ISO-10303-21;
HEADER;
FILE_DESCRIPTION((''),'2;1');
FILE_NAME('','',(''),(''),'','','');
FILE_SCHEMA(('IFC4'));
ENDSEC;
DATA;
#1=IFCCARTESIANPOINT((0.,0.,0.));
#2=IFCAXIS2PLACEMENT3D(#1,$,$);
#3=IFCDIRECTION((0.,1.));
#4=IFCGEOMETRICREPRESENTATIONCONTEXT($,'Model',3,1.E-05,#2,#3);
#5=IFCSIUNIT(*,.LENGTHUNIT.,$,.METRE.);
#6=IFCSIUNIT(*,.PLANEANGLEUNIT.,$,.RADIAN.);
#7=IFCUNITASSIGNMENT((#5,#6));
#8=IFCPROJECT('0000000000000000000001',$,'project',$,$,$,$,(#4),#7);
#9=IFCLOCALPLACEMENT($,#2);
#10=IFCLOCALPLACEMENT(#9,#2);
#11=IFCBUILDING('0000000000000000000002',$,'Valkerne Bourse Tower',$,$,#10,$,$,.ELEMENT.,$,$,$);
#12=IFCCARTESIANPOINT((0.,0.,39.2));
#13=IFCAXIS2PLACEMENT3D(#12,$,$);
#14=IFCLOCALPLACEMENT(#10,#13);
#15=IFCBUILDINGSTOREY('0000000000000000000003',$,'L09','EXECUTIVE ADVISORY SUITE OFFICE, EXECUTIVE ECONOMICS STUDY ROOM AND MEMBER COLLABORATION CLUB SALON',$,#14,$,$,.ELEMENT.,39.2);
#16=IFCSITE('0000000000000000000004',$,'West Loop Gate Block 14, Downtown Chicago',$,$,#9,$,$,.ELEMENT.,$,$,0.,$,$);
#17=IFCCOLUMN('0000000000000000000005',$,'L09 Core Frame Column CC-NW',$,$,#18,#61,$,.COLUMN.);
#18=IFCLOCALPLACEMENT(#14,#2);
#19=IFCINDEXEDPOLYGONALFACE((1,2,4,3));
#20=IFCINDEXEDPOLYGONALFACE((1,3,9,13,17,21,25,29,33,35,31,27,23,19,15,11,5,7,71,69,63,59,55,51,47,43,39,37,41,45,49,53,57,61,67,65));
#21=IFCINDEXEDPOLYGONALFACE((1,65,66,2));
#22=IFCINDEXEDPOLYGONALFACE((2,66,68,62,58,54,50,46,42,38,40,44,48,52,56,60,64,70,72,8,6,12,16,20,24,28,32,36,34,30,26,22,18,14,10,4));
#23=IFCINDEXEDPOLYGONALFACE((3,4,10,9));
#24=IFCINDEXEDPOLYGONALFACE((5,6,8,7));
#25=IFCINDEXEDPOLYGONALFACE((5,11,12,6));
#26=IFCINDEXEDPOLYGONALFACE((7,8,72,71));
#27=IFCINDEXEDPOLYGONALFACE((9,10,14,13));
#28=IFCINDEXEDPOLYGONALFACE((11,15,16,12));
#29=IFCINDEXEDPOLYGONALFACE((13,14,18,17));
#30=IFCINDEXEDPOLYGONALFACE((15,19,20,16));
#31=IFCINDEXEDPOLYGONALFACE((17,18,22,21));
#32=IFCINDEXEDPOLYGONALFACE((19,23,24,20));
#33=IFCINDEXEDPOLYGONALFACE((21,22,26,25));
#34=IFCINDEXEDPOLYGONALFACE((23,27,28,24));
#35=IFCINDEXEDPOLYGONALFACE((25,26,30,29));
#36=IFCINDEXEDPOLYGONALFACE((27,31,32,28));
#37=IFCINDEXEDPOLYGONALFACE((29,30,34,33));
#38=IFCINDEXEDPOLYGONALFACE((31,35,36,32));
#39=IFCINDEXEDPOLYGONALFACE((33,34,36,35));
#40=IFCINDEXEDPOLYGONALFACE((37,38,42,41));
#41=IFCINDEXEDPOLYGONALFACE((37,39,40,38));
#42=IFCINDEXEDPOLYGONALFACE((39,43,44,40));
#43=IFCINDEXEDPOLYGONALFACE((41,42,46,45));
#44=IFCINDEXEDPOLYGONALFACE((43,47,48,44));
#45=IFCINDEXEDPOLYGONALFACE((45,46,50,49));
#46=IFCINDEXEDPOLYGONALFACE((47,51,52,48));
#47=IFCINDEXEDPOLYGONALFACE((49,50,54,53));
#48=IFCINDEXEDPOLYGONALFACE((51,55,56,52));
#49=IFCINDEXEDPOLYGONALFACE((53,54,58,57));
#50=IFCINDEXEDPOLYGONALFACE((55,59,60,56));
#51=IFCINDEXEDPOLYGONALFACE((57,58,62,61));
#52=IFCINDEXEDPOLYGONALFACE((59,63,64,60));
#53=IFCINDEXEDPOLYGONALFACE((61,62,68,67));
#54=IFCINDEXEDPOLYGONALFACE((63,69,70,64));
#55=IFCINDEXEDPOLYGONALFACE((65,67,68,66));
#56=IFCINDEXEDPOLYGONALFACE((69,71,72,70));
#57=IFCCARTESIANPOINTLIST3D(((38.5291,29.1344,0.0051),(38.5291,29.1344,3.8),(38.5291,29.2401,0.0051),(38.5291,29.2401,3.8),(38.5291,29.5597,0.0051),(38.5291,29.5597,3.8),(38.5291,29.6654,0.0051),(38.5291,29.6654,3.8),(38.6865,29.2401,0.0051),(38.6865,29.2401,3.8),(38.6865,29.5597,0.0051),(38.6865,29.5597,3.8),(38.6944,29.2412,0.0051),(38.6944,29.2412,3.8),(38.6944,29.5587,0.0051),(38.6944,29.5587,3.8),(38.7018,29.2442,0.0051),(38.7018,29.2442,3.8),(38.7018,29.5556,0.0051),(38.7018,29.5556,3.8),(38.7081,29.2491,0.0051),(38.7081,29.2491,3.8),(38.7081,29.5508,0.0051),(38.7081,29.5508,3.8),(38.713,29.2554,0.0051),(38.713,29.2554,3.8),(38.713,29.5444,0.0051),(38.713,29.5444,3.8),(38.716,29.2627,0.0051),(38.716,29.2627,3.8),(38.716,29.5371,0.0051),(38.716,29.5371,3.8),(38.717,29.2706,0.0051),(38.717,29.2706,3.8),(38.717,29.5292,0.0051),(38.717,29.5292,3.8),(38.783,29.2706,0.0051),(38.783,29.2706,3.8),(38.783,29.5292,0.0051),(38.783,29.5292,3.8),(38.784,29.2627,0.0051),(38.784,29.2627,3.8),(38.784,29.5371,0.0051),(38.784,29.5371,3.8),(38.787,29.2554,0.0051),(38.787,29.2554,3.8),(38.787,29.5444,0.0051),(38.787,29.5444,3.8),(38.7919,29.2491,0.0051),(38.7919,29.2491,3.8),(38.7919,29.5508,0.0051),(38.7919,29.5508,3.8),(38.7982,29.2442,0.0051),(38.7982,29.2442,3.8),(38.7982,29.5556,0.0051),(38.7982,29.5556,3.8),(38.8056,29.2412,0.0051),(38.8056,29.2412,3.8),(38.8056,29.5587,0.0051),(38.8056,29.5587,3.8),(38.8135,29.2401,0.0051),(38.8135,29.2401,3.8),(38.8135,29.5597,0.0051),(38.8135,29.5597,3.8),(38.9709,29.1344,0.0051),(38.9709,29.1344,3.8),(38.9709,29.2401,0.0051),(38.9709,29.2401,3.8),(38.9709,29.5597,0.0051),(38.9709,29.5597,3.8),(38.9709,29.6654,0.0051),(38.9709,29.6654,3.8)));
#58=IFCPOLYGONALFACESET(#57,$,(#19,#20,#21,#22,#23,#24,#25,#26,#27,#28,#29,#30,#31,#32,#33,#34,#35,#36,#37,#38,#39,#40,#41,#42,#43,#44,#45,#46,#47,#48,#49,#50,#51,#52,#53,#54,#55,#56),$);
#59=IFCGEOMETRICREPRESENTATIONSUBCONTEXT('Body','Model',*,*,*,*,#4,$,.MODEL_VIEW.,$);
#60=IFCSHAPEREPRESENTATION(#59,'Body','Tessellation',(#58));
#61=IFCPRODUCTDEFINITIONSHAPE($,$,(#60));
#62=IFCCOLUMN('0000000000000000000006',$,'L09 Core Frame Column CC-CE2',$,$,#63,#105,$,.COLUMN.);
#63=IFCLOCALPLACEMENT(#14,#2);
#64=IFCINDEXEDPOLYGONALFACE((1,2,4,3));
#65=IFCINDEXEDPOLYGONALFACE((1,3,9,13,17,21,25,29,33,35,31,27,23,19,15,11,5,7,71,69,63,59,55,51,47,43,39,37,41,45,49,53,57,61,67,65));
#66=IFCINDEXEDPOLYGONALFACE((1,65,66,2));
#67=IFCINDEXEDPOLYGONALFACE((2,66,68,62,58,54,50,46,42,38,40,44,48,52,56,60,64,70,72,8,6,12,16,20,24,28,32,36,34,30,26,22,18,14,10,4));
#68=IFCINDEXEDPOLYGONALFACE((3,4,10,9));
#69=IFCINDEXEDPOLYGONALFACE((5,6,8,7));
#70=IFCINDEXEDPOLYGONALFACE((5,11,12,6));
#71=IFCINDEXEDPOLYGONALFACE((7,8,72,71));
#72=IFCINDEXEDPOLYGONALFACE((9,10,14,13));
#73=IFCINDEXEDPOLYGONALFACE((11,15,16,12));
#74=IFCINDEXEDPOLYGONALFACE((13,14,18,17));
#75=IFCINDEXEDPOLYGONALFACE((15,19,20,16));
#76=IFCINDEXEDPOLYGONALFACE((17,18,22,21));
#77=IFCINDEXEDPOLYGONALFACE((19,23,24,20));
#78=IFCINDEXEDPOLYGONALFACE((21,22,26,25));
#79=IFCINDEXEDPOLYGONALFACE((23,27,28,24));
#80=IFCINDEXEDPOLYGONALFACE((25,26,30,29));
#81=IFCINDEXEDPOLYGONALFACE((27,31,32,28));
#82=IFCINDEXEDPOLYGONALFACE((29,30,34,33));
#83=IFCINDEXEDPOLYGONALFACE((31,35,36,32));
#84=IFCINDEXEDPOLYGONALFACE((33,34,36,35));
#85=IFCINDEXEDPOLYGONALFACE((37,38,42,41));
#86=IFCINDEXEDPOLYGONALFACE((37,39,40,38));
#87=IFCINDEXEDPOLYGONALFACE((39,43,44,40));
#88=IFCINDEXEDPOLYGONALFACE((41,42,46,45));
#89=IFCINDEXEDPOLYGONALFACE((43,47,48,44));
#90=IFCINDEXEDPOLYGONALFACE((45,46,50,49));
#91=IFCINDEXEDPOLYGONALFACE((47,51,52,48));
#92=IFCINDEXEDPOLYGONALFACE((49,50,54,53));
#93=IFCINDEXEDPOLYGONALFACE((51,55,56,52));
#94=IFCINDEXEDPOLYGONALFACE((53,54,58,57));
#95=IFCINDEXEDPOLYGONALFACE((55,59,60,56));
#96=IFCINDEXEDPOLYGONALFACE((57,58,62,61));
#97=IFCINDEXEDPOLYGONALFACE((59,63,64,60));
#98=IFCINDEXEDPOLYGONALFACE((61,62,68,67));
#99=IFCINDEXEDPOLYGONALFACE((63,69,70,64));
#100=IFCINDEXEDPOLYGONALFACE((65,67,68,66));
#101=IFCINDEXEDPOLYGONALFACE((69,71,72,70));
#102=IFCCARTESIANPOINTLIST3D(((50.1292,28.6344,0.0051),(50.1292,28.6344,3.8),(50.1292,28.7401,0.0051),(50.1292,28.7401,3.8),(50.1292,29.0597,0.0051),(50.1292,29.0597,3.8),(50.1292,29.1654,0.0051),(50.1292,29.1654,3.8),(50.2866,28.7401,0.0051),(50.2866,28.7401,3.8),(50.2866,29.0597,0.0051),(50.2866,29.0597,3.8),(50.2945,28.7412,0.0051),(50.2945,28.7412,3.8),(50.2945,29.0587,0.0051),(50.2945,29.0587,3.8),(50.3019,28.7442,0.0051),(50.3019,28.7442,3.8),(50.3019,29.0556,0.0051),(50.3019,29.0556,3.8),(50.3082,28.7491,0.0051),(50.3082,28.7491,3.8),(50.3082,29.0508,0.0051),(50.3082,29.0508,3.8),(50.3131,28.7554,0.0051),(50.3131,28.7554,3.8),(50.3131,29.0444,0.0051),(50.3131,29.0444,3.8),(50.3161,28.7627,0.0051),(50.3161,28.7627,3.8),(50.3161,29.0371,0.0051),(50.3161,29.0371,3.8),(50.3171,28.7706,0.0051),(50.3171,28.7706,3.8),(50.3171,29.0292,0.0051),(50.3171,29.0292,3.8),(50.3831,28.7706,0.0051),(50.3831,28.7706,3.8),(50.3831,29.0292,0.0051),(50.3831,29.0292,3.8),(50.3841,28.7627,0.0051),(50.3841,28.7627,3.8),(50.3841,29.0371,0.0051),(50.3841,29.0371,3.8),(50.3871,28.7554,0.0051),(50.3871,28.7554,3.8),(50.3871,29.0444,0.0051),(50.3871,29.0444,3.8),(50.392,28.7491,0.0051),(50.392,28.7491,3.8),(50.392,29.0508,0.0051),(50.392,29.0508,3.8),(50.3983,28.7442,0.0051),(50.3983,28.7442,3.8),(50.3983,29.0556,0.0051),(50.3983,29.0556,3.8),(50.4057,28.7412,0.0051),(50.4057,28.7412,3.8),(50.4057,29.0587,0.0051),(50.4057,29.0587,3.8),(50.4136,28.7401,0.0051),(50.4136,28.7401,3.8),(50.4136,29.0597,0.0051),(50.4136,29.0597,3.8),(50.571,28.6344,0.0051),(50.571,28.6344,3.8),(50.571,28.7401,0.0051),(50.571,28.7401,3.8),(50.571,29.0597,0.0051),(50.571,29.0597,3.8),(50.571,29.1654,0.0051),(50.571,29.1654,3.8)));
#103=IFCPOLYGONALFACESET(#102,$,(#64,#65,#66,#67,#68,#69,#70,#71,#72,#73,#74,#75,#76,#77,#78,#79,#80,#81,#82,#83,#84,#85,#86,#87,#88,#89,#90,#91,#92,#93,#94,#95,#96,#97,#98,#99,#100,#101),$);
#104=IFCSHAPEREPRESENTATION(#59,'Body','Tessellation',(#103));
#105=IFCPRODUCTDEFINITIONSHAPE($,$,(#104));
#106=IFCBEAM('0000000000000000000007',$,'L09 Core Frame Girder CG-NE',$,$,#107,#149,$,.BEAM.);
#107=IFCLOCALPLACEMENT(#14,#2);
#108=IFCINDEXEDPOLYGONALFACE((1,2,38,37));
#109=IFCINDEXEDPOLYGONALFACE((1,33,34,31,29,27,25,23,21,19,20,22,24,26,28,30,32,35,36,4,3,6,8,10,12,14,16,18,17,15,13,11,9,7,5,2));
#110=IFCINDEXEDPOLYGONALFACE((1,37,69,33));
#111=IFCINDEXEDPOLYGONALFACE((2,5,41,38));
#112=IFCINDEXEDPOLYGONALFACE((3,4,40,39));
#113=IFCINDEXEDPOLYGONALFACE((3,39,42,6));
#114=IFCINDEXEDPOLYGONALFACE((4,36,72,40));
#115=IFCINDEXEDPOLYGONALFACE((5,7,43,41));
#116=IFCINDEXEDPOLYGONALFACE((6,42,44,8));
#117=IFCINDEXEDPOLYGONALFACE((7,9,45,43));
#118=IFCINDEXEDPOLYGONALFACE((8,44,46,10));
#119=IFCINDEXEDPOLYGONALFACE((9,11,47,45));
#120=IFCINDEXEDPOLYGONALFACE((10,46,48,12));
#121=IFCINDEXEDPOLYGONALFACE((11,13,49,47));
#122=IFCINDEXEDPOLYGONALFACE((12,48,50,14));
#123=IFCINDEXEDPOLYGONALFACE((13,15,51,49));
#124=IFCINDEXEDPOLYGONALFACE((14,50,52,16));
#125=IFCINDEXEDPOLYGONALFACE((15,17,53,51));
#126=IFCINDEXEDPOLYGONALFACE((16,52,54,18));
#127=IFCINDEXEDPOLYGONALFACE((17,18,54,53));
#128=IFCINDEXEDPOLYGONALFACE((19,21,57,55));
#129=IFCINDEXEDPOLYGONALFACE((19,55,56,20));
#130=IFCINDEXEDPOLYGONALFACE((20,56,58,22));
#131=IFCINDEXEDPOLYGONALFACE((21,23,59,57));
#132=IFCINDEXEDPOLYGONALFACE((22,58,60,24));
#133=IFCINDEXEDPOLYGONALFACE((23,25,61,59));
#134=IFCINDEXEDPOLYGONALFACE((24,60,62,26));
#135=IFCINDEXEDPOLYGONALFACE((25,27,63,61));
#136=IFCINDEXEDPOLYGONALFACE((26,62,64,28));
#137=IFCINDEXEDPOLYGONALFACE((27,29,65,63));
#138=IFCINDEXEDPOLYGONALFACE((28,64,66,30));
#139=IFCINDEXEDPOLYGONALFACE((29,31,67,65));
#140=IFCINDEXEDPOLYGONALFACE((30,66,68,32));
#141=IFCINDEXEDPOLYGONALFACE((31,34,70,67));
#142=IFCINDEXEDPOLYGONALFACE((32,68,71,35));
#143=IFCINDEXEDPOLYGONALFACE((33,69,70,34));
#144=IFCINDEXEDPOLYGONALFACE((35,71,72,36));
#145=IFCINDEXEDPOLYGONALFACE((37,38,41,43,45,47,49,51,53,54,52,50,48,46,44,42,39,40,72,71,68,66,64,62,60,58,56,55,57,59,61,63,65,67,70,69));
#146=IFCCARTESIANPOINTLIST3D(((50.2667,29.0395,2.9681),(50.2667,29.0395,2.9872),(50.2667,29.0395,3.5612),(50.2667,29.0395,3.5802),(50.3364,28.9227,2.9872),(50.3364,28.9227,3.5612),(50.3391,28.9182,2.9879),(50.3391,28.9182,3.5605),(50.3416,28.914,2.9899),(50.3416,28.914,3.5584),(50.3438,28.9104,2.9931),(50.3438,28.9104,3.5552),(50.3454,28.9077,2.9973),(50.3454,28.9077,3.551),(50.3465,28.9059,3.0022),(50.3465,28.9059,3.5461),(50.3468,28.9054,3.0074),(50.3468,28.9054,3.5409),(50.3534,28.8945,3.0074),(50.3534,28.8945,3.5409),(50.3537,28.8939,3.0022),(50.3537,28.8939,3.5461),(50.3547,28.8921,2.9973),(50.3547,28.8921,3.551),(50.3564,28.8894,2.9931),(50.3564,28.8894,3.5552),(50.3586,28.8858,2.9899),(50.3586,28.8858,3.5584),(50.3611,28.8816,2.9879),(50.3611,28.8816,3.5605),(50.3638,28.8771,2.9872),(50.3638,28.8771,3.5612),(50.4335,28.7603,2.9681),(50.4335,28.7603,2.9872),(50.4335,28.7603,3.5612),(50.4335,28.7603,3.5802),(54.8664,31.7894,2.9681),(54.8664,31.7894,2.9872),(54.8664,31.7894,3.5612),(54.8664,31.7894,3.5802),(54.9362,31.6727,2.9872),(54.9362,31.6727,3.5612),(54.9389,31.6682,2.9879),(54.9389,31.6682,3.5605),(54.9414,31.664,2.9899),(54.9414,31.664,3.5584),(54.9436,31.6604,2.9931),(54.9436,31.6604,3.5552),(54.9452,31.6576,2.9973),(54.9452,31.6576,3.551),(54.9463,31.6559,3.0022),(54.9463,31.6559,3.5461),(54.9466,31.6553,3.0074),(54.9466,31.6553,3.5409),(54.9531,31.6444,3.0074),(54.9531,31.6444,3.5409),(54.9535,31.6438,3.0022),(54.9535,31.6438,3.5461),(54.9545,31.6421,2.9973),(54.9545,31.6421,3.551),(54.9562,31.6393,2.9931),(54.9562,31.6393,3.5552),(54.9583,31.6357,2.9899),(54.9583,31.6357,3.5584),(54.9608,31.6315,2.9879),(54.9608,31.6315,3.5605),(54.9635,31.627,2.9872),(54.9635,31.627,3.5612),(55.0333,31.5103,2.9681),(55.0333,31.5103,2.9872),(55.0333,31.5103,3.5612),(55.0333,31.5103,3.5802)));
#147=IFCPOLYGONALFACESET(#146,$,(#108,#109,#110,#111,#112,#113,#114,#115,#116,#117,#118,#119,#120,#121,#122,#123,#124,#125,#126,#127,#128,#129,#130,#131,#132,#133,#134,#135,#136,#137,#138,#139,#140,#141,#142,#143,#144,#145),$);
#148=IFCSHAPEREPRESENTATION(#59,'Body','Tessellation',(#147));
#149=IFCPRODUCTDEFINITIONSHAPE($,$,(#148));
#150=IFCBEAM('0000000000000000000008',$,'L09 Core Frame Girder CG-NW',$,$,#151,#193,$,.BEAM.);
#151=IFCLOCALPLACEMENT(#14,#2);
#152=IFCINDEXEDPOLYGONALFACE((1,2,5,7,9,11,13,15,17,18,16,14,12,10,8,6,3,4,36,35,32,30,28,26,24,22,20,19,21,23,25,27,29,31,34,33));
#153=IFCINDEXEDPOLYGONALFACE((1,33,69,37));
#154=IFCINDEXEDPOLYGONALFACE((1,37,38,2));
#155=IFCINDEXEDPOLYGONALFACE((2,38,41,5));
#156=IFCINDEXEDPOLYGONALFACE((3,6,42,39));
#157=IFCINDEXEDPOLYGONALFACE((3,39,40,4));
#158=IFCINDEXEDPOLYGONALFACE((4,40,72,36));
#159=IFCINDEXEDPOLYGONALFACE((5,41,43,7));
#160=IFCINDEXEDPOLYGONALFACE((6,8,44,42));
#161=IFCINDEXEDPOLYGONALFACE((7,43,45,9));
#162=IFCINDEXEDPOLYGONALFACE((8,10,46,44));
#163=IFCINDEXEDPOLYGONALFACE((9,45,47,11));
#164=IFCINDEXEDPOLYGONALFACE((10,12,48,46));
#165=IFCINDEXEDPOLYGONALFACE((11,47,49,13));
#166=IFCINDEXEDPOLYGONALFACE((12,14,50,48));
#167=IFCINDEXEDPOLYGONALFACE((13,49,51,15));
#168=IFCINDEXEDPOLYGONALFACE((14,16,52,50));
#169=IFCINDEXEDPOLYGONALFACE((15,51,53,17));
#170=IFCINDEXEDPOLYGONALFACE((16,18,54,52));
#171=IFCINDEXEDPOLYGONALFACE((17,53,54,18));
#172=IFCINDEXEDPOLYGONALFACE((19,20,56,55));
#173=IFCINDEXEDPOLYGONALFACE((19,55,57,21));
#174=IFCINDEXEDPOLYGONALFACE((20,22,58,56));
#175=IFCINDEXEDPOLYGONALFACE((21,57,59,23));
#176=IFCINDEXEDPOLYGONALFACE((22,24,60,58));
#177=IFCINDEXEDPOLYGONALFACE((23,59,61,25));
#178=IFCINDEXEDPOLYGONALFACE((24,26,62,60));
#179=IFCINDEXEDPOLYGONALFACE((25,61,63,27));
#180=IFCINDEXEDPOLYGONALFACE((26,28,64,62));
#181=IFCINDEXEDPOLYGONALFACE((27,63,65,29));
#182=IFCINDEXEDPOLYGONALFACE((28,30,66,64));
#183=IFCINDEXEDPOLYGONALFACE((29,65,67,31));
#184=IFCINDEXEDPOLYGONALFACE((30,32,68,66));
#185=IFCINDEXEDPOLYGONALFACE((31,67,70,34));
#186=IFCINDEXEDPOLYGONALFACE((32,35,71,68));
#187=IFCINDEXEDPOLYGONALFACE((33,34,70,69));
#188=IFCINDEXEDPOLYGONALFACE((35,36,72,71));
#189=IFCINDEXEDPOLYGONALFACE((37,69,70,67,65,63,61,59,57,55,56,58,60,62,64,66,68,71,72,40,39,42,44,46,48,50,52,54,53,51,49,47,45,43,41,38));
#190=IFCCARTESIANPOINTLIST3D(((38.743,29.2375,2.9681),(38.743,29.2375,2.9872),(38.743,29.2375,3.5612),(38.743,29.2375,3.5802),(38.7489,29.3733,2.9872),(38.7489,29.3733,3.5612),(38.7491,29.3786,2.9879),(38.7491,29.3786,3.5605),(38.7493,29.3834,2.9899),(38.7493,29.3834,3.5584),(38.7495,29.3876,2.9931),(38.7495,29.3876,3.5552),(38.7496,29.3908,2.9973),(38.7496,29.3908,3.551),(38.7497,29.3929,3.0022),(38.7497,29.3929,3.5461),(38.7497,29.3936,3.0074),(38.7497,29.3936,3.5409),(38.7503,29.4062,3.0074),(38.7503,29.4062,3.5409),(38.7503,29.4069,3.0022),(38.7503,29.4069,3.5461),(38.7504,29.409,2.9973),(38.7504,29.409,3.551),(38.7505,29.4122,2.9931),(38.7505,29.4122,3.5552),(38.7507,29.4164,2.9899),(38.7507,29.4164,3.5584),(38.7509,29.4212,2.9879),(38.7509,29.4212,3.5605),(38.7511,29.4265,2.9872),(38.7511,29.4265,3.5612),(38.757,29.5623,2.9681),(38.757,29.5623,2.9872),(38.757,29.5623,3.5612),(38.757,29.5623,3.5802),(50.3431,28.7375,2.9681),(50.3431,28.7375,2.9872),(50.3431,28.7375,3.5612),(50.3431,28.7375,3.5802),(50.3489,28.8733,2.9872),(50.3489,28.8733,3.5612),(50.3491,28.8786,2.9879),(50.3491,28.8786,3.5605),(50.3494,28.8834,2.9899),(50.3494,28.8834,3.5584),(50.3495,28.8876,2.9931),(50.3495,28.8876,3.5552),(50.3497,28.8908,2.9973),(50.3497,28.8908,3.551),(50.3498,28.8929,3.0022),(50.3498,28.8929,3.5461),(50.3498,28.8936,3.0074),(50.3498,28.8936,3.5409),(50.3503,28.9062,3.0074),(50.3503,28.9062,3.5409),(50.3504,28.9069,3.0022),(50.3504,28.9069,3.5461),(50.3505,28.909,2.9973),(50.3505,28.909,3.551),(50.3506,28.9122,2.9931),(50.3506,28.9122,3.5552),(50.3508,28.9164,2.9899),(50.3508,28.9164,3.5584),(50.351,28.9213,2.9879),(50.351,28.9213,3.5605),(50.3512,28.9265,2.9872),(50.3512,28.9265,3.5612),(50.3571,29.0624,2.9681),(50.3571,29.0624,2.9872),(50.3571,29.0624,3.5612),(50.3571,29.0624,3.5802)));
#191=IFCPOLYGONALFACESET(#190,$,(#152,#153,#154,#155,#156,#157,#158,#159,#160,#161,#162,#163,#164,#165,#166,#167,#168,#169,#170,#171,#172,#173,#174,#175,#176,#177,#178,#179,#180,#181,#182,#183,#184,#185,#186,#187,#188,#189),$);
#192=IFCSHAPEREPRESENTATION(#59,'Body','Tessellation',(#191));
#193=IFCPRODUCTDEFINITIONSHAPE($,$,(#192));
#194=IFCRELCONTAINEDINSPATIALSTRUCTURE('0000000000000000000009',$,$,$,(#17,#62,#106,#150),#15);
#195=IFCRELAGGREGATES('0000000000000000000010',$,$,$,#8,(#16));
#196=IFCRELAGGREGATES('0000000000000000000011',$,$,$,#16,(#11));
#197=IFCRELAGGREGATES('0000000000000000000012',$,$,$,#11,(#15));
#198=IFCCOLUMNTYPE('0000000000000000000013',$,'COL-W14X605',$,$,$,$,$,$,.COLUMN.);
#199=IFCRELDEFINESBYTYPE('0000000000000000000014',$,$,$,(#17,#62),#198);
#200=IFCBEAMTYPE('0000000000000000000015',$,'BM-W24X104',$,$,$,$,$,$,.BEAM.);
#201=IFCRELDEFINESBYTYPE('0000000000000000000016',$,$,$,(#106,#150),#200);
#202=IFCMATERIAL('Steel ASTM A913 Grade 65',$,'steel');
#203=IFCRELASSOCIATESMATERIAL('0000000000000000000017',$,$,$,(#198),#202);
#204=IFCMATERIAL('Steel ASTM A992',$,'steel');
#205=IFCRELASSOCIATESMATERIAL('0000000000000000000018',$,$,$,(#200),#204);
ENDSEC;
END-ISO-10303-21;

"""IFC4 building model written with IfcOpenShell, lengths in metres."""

from ifc_helpers import new_model, si_unit, direction, frame, origin, origin_2d, place, context, subcontext, project, spatial, i_section, extrude, material, material_profile, profile_set, type_object, element, save


model = new_model("IFC4")

# Units and contexts
model_context = context("Model", 3, precision=1e-05, world=origin(), true_north=direction((0.0, 1.0)))
body_context = subcontext(model_context, "Body", "Model", "MODEL_VIEW")
ifc_project = project(units=[si_unit("LENGTHUNIT", "METRE"), si_unit("PLANEANGLEUNIT", "RADIAN")], contexts=[model_context])

# Site, building, storey
site_placement = place(None, origin())
site = spatial("IfcSite", under=ifc_project, at=site_placement, Name="West Loop Gate Block 14, Downtown Chicago", CompositionType="ELEMENT", RefElevation=0.0)
building_placement = place(site_placement, origin())
building = spatial("IfcBuilding", under=site, at=building_placement, Name="Valkerne Bourse Tower", CompositionType="ELEMENT")
storey_placement = place(building_placement, frame((0.0, 0.0, 39.2)))
storey = spatial("IfcBuildingStorey", under=building, at=storey_placement, Name="L09", Description="EXECUTIVE ADVISORY SUITE OFFICE, EXECUTIVE ECONOMICS STUDY ROOM AND MEMBER COLLABORATION CLUB SALON", CompositionType="ELEMENT", Elevation=39.2)

# Columns
ifc_material_1 = material(Name="Steel ASTM A913 Grade 65", Category="steel")
ifc_material_profile_1 = material_profile(ifc_material_1, i_section(OverallWidth=0.4419, OverallDepth=0.531, WebThickness=0.0659, FlangeThickness=0.1057, FilletRadius=0.0305, at=origin_2d()), Name="W14X605")
ifc_profile_set_1 = profile_set([ifc_material_profile_1], Name="Steel ASTM A913 Grade 65")
column_type = type_object("IfcColumnType", Name="COL-W14X605", PredefinedType="COLUMN", material=ifc_profile_set_1)
for number, where, z_axis, x_axis, name in (
    (1, (38.75, 29.3999, 0.0051), (0.0, 0.0, 1.0), (1.0, 0.0, 0.0), "L09 Core Frame Column CC-NW"),
    (2, (50.3501, 28.8999, 0.0051), (0.0, 0.0, 1.0), (1.0, 0.0, 0.0), "L09 Core Frame Column CC-CE2"),
):
    element("IfcColumn", number, at=place(storey_placement, frame(where, z_axis=z_axis, x_axis=x_axis)), inside=storey, type_object=column_type, Name=name, PredefinedType="COLUMN", context=body_context, shape_type="SweptSolid", body=[
        extrude(i_section(OverallWidth=0.4419, OverallDepth=0.531, WebThickness=0.0659, FlangeThickness=0.1057, FilletRadius=0.0305, at=origin_2d()), origin(), (0.0, 0.0, 1.0), 3.7949),
    ])

# Beams
ifc_material_2 = material(Name="Steel ASTM A992", Category="steel")
ifc_material_profile_2 = material_profile(ifc_material_2, i_section(OverallWidth=0.3252, OverallDepth=0.6121, WebThickness=0.0127, FlangeThickness=0.019, FilletRadius=0.0203, at=origin_2d()), Name="W24X104")
ifc_profile_set_2 = profile_set([ifc_material_profile_2], Name="Steel ASTM A992")
beam_type = type_object("IfcBeamType", Name="BM-W24X104", PredefinedType="BEAM", material=ifc_profile_set_2)
beam_1_placement = place(storey_placement, frame((50.3501, 28.8999, 3.2742), z_axis=(0.858308, 0.513135, 0.0), x_axis=(-0.513135, 0.858308, 0.0)))
element("IfcBeam", 3, at=beam_1_placement, inside=storey, type_object=beam_type, Name="L09 Core Frame Girder CG-NE", PredefinedType="BEAM", context=body_context, shape_type="SweptSolid", body=[
    extrude(i_section(OverallWidth=0.3252, OverallDepth=0.6121, WebThickness=0.0127, FlangeThickness=0.019, FilletRadius=0.0203, at=origin_2d()), origin(), (0.0, 0.0, 1.0), 5.3591),
])
beam_2_placement = place(storey_placement, frame((38.75, 29.3999, 3.2742), z_axis=(0.999072, -0.043063, 0.0), x_axis=(0.043063, 0.999072, 0.0)))
element("IfcBeam", 4, at=beam_2_placement, inside=storey, type_object=beam_type, Name="L09 Core Frame Girder CG-NW", PredefinedType="BEAM", context=body_context, shape_type="SweptSolid", body=[
    extrude(i_section(OverallWidth=0.3252, OverallDepth=0.6121, WebThickness=0.0127, FlangeThickness=0.019, FilletRadius=0.0203, at=origin_2d()), origin(), (0.0, 0.0, 1.0), 11.6108),
])

save(model, "model.ifc")
